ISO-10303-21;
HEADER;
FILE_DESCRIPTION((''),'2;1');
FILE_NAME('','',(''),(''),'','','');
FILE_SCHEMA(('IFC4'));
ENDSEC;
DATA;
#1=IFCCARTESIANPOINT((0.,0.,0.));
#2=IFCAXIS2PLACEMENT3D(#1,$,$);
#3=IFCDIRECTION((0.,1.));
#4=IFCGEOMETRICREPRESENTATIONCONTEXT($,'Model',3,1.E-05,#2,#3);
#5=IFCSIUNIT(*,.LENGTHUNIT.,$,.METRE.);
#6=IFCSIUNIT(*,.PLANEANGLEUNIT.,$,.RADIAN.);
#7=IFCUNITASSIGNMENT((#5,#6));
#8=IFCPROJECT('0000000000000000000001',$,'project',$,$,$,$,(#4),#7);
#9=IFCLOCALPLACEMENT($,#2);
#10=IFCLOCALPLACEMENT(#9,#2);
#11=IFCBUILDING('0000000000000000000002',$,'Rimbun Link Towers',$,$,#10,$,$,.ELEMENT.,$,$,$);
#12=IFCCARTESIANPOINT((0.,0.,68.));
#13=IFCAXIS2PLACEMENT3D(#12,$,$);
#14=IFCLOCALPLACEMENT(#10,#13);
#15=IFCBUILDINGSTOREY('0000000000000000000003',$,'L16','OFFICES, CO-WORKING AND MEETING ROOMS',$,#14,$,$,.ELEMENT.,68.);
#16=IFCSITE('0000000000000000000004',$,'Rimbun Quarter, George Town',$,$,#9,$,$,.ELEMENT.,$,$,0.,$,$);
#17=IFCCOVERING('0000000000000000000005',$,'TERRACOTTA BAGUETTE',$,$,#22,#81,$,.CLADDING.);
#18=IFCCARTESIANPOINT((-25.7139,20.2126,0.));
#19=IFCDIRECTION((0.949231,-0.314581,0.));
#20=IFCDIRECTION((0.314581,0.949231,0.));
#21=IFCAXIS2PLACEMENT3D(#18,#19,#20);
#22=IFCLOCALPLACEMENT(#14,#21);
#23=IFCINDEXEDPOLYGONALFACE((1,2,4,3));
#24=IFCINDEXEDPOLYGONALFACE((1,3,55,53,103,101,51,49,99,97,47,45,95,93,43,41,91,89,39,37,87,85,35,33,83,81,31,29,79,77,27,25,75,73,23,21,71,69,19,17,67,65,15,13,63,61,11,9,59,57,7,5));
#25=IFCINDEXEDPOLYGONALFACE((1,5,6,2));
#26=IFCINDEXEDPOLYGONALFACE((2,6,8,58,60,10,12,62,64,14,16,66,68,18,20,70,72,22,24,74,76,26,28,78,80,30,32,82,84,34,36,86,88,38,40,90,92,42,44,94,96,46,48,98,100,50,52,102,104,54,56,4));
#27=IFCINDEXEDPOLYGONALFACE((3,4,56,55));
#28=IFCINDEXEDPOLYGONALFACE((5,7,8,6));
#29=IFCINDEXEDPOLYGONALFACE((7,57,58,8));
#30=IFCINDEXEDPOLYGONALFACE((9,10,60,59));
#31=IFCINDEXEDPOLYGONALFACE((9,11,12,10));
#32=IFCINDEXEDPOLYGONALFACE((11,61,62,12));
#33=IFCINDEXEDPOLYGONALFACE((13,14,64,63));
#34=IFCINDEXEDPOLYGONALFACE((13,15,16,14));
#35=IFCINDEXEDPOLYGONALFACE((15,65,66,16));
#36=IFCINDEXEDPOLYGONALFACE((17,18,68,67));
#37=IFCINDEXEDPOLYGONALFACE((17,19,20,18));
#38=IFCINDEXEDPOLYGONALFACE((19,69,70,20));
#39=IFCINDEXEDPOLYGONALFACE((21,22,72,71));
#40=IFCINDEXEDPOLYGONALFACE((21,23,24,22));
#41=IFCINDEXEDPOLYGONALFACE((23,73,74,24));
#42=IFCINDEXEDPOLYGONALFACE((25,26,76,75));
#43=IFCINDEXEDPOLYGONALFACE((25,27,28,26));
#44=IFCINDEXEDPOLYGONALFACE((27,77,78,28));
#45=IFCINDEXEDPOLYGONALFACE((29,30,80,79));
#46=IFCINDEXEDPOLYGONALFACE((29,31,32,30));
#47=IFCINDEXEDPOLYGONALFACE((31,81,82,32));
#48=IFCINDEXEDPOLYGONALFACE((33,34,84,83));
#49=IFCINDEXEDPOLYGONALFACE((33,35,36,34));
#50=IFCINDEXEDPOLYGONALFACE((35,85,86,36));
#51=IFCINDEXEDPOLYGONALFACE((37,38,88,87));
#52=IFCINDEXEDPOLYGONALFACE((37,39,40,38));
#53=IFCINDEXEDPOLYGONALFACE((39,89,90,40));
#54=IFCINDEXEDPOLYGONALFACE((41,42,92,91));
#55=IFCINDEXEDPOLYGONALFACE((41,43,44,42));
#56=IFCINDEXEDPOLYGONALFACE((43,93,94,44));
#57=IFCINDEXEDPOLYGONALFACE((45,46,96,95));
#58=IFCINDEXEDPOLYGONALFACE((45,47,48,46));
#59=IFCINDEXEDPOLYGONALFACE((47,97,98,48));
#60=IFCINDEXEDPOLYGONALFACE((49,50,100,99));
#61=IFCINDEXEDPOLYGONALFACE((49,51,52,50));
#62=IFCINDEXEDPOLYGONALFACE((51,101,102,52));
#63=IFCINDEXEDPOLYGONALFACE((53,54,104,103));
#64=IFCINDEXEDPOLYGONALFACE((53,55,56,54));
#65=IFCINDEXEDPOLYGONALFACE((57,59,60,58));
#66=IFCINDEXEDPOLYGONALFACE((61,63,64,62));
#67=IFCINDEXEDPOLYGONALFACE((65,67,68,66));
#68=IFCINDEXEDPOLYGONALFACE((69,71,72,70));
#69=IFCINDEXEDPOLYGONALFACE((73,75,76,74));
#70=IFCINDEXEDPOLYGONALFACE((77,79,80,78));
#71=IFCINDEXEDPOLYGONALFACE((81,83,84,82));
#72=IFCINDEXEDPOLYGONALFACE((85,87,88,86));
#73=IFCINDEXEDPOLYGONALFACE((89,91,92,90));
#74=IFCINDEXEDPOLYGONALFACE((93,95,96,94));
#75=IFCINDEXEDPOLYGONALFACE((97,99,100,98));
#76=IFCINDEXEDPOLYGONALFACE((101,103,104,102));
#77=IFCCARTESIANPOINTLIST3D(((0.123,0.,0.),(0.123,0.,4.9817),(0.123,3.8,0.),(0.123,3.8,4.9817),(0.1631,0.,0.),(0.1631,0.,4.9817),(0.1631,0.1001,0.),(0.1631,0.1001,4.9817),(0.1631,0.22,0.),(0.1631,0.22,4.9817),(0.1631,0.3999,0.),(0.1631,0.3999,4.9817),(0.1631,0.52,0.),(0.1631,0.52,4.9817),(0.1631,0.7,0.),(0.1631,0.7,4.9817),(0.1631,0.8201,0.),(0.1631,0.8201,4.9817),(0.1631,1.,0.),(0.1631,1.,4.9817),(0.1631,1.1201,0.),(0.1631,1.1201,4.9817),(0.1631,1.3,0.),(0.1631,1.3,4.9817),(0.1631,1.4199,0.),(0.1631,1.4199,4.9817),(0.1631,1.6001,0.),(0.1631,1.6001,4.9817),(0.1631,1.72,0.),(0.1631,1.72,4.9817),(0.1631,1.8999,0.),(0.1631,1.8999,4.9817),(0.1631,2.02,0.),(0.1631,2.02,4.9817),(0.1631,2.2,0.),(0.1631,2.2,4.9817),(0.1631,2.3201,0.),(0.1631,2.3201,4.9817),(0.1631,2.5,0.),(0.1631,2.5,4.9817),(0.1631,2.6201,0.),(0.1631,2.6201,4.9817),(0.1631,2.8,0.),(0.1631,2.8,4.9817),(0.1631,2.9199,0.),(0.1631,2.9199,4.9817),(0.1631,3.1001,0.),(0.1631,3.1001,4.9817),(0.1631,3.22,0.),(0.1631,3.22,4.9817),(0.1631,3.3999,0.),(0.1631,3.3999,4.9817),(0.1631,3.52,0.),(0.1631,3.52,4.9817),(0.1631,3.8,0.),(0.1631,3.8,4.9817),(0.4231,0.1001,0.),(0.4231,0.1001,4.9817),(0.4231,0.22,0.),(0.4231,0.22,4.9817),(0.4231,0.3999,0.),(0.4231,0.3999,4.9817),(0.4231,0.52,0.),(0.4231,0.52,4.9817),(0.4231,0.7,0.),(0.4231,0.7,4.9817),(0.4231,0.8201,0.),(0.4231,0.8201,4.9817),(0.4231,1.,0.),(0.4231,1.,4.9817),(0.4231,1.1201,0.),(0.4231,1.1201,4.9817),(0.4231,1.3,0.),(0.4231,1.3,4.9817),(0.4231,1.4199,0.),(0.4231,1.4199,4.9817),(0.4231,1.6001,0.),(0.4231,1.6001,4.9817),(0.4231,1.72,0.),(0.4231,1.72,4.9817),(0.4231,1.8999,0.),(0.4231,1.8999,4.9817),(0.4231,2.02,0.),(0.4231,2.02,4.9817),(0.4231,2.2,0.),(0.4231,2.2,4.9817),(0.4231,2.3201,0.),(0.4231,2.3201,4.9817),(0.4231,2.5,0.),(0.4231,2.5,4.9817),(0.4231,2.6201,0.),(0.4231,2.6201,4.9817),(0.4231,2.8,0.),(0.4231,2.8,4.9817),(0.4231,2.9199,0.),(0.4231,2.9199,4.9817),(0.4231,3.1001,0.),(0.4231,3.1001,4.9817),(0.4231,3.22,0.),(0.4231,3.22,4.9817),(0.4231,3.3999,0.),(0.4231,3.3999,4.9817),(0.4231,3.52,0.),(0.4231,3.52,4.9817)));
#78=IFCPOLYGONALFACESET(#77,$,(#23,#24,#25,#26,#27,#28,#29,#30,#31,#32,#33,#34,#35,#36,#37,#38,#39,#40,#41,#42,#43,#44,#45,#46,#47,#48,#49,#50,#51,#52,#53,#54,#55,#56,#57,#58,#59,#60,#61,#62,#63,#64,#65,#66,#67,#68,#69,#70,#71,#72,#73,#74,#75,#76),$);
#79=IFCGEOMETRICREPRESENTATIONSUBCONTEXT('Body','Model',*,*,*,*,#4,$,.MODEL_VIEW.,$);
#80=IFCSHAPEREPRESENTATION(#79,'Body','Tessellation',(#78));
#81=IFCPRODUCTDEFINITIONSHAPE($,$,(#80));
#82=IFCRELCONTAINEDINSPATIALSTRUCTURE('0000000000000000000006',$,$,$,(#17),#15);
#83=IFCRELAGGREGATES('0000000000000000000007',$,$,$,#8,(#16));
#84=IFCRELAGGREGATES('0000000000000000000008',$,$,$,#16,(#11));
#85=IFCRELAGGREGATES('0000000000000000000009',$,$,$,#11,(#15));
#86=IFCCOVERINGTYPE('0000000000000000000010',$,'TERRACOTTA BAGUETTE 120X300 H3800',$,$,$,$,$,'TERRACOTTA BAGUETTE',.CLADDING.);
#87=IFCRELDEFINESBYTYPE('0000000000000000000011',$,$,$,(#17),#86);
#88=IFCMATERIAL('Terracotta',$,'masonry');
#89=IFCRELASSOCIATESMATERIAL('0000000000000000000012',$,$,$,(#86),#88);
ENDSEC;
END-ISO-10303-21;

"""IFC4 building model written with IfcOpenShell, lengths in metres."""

from ifc_helpers import new_model, si_unit, direction, frame, origin, place, context, subcontext, project, spatial, polyline, outline, extrude, material, material_profile, profile_set, type_object, element, save


model = new_model("IFC4")

# Units and contexts
model_context = context("Model", 3, precision=1e-05, world=origin(), true_north=direction((0.0, 1.0)))
body_context = subcontext(model_context, "Body", "Model", "MODEL_VIEW")
ifc_project = project(units=[si_unit("LENGTHUNIT", "METRE"), si_unit("PLANEANGLEUNIT", "RADIAN")], contexts=[model_context])

# Site, building, storey
site_placement = place(None, origin())
site = spatial("IfcSite", under=ifc_project, at=site_placement, Name="Rimbun Quarter, George Town", CompositionType="ELEMENT", RefElevation=0.0)
building_placement = place(site_placement, origin())
building = spatial("IfcBuilding", under=site, at=building_placement, Name="Rimbun Link Towers", CompositionType="ELEMENT")
storey_placement = place(building_placement, frame((0.0, 0.0, 68.0)))
storey = spatial("IfcBuildingStorey", under=building, at=storey_placement, Name="L16", Description="OFFICES, CO-WORKING AND MEETING ROOMS", CompositionType="ELEMENT", Elevation=68.0)

# Covering
ifc_material_1 = material(Name="Terracotta", Category="masonry")
ifc_material_profile_1 = material_profile(ifc_material_1, outline(polyline([(0.123, 0.0), (0.1631, 0.0), (0.1631, 0.1001), (0.4231, 0.1001), (0.4231, 0.22), (0.1631, 0.22), (0.1631, 0.3999), (0.4231, 0.3999), (0.4231, 0.52), (0.1631, 0.52), (0.1631, 0.7), (0.4231, 0.7), (0.4231, 0.8201), (0.1631, 0.8201), (0.1631, 1.0), (0.4231, 1.0), (0.4231, 1.1201), (0.1631, 1.1201), (0.1631, 1.3), (0.4231, 1.3), (0.4231, 1.4199), (0.1631, 1.4199), (0.1631, 1.6001), (0.4231, 1.6001), (0.4231, 1.72), (0.1631, 1.72), (0.1631, 1.8999), (0.4231, 1.8999), (0.4231, 2.02), (0.1631, 2.02), (0.1631, 2.2), (0.4231, 2.2), (0.4231, 2.3201), (0.1631, 2.3201), (0.1631, 2.5), (0.4231, 2.5), (0.4231, 2.6201), (0.1631, 2.6201), (0.1631, 2.8), (0.4231, 2.8), (0.4231, 2.9199), (0.1631, 2.9199), (0.1631, 3.1001), (0.4231, 3.1001), (0.4231, 3.22), (0.1631, 3.22), (0.1631, 3.3999), (0.4231, 3.3999), (0.4231, 3.52), (0.1631, 3.52), (0.1631, 3.8), (0.123, 3.8), (0.123, 0.0)])), Name="BAGUETTE 120X300")
ifc_profile_set_1 = profile_set([ifc_material_profile_1], Name="Terracotta")
covering_type = type_object("IfcCoveringType", Name="TERRACOTTA BAGUETTE 120X300 H3800", ElementType="TERRACOTTA BAGUETTE", PredefinedType="CLADDING", material=ifc_profile_set_1)
covering_1_placement = place(storey_placement, frame((-25.7139, 20.2126, 0.0), z_axis=(0.949231, -0.314581, 0.0), x_axis=(0.314581, 0.949231, 0.0)))
element("IfcCovering", 1, at=covering_1_placement, inside=storey, type_object=covering_type, Name="TERRACOTTA BAGUETTE", PredefinedType="CLADDING", context=body_context, shape_type="SweptSolid", body=[
    extrude(outline(polyline([(0.123, 0.0), (0.1631, 0.0), (0.1631, 0.1001), (0.4231, 0.1001), (0.4231, 0.22), (0.1631, 0.22), (0.1631, 0.3999), (0.4231, 0.3999), (0.4231, 0.52), (0.1631, 0.52), (0.1631, 0.7), (0.4231, 0.7), (0.4231, 0.8201), (0.1631, 0.8201), (0.1631, 1.0), (0.4231, 1.0), (0.4231, 1.1201), (0.1631, 1.1201), (0.1631, 1.3), (0.4231, 1.3), (0.4231, 1.4199), (0.1631, 1.4199), (0.1631, 1.6001), (0.4231, 1.6001), (0.4231, 1.72), (0.1631, 1.72), (0.1631, 1.8999), (0.4231, 1.8999), (0.4231, 2.02), (0.1631, 2.02), (0.1631, 2.2), (0.4231, 2.2), (0.4231, 2.3201), (0.1631, 2.3201), (0.1631, 2.5), (0.4231, 2.5), (0.4231, 2.6201), (0.1631, 2.6201), (0.1631, 2.8), (0.4231, 2.8), (0.4231, 2.9199), (0.1631, 2.9199), (0.1631, 3.1001), (0.4231, 3.1001), (0.4231, 3.22), (0.1631, 3.22), (0.1631, 3.3999), (0.4231, 3.3999), (0.4231, 3.52), (0.1631, 3.52), (0.1631, 3.8), (0.123, 3.8), (0.123, 0.0)])), origin(), (0.0, 0.0, 1.0), 4.9817),
])

save(model, "model.ifc")
